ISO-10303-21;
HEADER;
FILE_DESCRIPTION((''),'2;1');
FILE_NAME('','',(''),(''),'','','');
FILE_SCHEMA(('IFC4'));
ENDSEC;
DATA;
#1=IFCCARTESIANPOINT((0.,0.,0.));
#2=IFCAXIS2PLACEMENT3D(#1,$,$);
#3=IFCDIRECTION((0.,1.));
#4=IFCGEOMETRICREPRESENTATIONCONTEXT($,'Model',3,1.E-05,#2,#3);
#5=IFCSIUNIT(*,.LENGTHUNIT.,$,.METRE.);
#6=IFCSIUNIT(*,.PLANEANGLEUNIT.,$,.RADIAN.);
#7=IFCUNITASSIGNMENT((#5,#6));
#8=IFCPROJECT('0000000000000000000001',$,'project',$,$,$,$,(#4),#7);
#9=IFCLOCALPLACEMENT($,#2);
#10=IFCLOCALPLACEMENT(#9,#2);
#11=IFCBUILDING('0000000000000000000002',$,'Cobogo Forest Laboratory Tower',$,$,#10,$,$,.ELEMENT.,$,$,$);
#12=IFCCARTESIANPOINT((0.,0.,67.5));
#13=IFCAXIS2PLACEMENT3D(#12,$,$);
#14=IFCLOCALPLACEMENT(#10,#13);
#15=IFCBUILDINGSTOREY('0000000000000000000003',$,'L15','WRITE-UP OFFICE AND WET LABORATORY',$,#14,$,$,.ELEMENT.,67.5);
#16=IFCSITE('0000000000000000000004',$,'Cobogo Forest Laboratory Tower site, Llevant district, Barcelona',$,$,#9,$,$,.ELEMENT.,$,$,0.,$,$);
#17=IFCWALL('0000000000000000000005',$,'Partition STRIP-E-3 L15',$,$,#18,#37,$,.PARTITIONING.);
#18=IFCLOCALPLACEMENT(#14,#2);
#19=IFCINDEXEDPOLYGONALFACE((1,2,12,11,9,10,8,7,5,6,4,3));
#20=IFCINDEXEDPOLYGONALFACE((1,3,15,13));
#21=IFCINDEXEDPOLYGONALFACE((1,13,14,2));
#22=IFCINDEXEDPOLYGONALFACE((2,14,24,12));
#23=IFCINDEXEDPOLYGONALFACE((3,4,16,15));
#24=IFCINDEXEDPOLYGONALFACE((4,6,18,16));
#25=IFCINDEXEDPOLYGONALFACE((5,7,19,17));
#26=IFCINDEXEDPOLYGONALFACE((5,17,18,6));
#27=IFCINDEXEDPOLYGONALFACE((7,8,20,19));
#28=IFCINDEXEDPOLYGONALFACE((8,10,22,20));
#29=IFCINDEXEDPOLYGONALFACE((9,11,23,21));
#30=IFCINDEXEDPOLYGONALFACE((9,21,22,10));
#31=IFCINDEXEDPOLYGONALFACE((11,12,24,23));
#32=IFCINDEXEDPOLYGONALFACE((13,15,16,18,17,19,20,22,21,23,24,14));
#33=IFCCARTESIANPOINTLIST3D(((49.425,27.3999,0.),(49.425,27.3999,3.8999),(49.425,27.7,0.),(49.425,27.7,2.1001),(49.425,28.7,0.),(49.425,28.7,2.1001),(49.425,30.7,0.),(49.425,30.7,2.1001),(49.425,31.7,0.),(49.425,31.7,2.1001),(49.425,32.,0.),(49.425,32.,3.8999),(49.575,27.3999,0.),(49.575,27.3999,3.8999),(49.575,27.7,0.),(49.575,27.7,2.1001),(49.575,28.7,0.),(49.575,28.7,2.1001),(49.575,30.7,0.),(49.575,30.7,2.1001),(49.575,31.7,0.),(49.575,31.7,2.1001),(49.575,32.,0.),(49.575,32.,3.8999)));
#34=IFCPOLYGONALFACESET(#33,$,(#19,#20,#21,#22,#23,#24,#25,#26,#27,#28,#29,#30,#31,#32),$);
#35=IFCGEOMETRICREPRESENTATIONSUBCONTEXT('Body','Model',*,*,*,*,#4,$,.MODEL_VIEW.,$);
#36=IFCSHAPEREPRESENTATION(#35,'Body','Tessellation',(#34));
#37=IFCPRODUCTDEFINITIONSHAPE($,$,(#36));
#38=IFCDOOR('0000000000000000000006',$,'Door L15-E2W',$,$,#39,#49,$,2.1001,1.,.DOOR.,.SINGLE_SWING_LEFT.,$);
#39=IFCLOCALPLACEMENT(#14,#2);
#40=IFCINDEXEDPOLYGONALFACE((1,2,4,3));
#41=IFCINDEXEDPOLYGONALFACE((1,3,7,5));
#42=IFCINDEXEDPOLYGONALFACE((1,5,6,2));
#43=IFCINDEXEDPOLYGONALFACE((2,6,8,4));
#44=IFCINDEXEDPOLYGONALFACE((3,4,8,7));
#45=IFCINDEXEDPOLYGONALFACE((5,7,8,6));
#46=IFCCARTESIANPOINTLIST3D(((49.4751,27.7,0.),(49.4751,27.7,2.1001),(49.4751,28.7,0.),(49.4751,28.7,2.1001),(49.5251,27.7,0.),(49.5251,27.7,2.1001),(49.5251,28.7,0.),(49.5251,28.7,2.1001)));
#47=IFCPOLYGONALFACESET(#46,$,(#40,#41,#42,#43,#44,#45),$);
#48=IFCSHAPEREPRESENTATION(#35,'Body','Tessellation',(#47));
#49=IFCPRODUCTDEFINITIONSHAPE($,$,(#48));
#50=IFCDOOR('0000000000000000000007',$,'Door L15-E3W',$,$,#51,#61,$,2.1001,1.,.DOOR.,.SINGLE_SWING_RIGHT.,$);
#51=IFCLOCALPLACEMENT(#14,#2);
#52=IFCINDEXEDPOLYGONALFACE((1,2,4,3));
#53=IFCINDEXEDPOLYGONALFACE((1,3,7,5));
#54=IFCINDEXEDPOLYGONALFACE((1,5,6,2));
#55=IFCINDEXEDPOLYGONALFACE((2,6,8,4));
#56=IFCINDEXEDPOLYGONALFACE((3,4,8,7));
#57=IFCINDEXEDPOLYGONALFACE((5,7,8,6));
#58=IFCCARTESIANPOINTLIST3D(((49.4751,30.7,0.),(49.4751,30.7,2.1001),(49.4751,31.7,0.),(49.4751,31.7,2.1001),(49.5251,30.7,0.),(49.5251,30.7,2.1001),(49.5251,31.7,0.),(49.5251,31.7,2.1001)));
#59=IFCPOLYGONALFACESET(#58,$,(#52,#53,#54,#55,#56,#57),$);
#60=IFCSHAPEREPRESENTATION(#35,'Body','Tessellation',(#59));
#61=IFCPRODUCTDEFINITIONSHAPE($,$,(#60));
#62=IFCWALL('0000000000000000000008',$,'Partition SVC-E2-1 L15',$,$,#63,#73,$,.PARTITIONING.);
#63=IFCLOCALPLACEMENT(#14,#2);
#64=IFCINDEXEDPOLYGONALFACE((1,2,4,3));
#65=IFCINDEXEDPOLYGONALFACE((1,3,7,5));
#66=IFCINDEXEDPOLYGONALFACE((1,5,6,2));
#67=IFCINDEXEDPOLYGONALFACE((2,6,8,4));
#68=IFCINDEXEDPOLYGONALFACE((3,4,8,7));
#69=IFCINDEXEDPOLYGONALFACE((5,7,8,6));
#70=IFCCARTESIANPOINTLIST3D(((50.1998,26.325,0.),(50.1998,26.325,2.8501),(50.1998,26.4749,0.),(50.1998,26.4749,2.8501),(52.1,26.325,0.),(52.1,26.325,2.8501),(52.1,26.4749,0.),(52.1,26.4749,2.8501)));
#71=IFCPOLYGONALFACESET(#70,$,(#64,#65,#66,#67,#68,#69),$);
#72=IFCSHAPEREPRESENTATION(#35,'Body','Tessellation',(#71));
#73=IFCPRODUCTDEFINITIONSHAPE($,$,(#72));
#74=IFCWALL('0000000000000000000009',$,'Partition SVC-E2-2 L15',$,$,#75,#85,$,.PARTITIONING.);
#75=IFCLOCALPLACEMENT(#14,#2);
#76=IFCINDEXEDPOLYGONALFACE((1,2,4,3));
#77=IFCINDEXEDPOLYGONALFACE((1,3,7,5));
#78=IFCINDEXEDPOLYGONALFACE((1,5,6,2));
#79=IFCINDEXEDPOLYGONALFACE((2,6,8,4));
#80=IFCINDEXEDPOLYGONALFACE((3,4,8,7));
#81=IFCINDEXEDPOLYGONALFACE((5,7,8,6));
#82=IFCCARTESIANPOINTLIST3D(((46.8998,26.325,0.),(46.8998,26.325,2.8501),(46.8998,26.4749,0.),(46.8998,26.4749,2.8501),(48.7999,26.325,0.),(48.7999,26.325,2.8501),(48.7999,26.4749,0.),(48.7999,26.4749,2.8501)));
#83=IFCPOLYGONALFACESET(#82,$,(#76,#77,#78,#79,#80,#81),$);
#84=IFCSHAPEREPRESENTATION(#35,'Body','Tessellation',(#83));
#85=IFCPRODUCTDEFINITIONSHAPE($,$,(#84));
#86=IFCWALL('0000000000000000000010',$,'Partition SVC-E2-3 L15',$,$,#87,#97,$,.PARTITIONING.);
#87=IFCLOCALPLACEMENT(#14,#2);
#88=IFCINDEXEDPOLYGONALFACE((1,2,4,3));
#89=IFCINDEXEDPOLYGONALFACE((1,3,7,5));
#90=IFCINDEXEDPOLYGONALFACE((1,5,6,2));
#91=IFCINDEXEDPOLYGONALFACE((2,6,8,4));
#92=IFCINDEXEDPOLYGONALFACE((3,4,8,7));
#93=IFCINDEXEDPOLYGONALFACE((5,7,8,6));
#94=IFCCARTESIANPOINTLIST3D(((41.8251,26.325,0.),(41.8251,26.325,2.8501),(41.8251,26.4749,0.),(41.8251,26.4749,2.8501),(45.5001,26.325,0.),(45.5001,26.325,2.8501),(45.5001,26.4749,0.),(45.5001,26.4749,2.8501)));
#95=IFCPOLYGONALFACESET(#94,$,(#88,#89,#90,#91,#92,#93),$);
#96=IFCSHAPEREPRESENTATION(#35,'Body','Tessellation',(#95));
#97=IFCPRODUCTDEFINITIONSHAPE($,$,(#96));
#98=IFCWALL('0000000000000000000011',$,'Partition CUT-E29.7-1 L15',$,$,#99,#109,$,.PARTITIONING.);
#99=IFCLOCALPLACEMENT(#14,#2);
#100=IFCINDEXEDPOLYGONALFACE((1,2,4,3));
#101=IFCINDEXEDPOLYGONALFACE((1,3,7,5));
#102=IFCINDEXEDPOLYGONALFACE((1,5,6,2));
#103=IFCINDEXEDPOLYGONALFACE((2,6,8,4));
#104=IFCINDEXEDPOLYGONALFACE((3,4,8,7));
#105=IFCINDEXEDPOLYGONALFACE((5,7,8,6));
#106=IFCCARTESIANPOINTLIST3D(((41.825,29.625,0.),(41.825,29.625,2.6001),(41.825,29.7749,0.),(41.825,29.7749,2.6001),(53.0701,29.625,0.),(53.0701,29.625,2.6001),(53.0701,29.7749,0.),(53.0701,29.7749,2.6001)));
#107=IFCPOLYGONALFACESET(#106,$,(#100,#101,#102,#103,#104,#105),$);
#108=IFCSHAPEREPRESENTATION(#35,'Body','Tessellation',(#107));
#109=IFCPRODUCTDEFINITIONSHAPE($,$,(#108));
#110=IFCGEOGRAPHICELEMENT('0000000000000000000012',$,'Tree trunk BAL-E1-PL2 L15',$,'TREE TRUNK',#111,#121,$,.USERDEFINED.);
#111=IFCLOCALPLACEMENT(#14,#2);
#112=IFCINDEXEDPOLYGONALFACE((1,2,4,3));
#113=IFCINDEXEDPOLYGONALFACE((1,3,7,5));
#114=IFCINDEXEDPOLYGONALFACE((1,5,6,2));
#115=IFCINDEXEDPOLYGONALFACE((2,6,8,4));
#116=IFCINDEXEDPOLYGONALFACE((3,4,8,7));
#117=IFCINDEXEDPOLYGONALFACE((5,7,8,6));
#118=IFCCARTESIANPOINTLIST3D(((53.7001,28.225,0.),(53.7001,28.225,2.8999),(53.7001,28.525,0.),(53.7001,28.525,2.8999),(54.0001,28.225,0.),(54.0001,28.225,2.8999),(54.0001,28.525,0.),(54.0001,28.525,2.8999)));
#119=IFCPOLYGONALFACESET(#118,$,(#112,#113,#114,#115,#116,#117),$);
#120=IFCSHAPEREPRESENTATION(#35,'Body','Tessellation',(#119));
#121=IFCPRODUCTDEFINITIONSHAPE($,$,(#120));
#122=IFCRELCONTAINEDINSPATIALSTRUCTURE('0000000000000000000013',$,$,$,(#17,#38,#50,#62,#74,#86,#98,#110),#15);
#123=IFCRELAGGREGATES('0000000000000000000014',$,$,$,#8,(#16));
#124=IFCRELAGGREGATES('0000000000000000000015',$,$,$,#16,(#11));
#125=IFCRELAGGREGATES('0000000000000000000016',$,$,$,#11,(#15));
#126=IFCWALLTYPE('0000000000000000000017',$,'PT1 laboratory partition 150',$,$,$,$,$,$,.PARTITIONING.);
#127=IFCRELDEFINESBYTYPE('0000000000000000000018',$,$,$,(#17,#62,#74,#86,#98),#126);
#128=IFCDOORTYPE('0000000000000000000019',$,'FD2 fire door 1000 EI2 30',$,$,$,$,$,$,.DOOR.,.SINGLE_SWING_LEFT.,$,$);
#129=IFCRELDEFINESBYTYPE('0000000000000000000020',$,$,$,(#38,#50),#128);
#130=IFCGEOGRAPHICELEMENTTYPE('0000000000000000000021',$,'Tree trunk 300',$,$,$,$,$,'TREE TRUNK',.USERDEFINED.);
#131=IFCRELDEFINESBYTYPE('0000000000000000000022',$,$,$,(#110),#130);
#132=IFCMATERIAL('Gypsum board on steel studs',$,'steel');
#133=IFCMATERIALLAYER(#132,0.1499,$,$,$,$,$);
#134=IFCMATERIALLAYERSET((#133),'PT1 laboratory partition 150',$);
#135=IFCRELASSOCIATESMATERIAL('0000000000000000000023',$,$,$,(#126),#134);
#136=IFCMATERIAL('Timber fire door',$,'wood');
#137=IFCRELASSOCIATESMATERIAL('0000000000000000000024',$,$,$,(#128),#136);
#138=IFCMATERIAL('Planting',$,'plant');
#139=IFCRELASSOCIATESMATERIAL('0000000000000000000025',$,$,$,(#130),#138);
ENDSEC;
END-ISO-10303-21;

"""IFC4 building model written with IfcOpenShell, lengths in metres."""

from ifc_helpers import new_model, si_unit, direction, frame, frame_2d, origin, origin_2d, place, context, subcontext, project, spatial, rectangle, extrude, material, layer, layer_set, type_object, element, fill, save


model = new_model("IFC4")

# Units and contexts
model_context = context("Model", 3, precision=1e-05, world=origin(), true_north=direction((0.0, 1.0)))
body_context = subcontext(model_context, "Body", "Model", "MODEL_VIEW")
ifc_project = project(units=[si_unit("LENGTHUNIT", "METRE"), si_unit("PLANEANGLEUNIT", "RADIAN")], contexts=[model_context])

# Site, building, storey
site_placement = place(None, origin())
site = spatial("IfcSite", under=ifc_project, at=site_placement, Name="Cobogo Forest Laboratory Tower site, Llevant district, Barcelona", CompositionType="ELEMENT", RefElevation=0.0)
building_placement = place(site_placement, origin())
building = spatial("IfcBuilding", under=site, at=building_placement, Name="Cobogo Forest Laboratory Tower", CompositionType="ELEMENT")
storey_placement = place(building_placement, frame((0.0, 0.0, 67.5)))
storey = spatial("IfcBuildingStorey", under=building, at=storey_placement, Name="L15", Description="WRITE-UP OFFICE AND WET LABORATORY", CompositionType="ELEMENT", Elevation=67.5)

# Wall, openings, doors
ifc_material_1 = material(Name="Gypsum board on steel studs", Category="steel")
ifc_layer_1 = layer(ifc_material_1, 0.1499)
ifc_layer_set_1 = layer_set([ifc_layer_1], Name="PT1 laboratory partition 150")
wall_type = type_object("IfcWallType", Name="PT1 laboratory partition 150", PredefinedType="PARTITIONING", material=ifc_layer_set_1)
wall_1_placement = place(storey_placement, frame((49.5, 27.3999, 0.0), z_axis=(0.0, 0.0, 1.0), x_axis=(0.0, 1.0, 0.0)))
wall_1 = element("IfcWall", 1, at=wall_1_placement, inside=storey, type_object=wall_type, Name="Partition STRIP-E-3 L15", PredefinedType="PARTITIONING", context=body_context, shape_type="SweptSolid", body=[
    extrude(rectangle(XDim=4.6001, YDim=0.1499, at=frame_2d((2.3, 0.0))), origin(), (0.0, 0.0, 1.0), 3.8999),
])
opening_1_placement = place(wall_1_placement, frame((0.3, 0.0, 0.0)))
opening_1 = element("IfcOpeningElement", 2, at=opening_1_placement, cuts=wall_1, PredefinedType="OPENING", context=body_context, shape_type="SweptSolid", body=[
    extrude(rectangle(XDim=1.0, YDim=2.1001, at=frame_2d((0.5, 1.05))), frame((0.0, 0.085, 0.0), z_axis=(0.0, -1.0, 0.0), x_axis=(1.0, 0.0, 0.0)), (0.0, 0.0, 1.0), 0.1699),
])
opening_2_placement = place(wall_1_placement, frame((3.3, 0.0, 0.0)))
opening_2 = element("IfcOpeningElement", 3, at=opening_2_placement, cuts=wall_1, PredefinedType="OPENING", context=body_context, shape_type="SweptSolid", body=[
    extrude(rectangle(XDim=1.0, YDim=2.1001, at=frame_2d((0.5, 1.05))), frame((0.0, 0.085, 0.0), z_axis=(0.0, -1.0, 0.0), x_axis=(1.0, 0.0, 0.0)), (0.0, 0.0, 1.0), 0.1699),
])
ifc_material_2 = material(Name="Timber fire door", Category="wood")
door_type = type_object("IfcDoorType", Name="FD2 fire door 1000 EI2 30", OperationType="SINGLE_SWING_LEFT", PredefinedType="DOOR", material=ifc_material_2)
door_1_placement = place(opening_1_placement, origin())
door_1 = element("IfcDoor", 4, at=door_1_placement, inside=storey, type_object=door_type, Name="Door L15-E2W", OperationType="SINGLE_SWING_LEFT", OverallHeight=2.1001, OverallWidth=1.0, PredefinedType="DOOR", context=body_context, shape_type="SweptSolid", body=[
    extrude(rectangle(XDim=1.0, YDim=2.1001, at=frame_2d((0.5, 1.05))), frame((0.0, 0.0249, 0.0), z_axis=(0.0, -1.0, 0.0), x_axis=(1.0, 0.0, 0.0)), (0.0, 0.0, 1.0), 0.05),
])
fill(opening_1, door_1)
door_2_placement = place(opening_2_placement, origin())
door_2 = element("IfcDoor", 5, at=door_2_placement, inside=storey, type_object=door_type, Name="Door L15-E3W", OperationType="SINGLE_SWING_RIGHT", OverallHeight=2.1001, OverallWidth=1.0, PredefinedType="DOOR", context=body_context, shape_type="SweptSolid", body=[
    extrude(rectangle(XDim=1.0, YDim=2.1001, at=frame_2d((0.5, 1.05))), frame((0.0, 0.0249, 0.0), z_axis=(0.0, -1.0, 0.0), x_axis=(1.0, 0.0, 0.0)), (0.0, 0.0, 1.0), 0.05),
])
fill(opening_2, door_2)

# Walls
for number, where, z_axis, x_axis, name in (
    (6, (52.1001, 26.3999, 0.0), (0.0, 0.0, 1.0), (-1.0, 0.0, 0.0), "Partition SVC-E2-1 L15"),
    (7, (48.8, 26.3999, 0.0), (0.0, 0.0, 1.0), (-1.0, 0.0, 0.0), "Partition SVC-E2-2 L15"),
):
    element("IfcWall", number, at=place(storey_placement, frame(where, z_axis=z_axis, x_axis=x_axis)), inside=storey, type_object=wall_type, Name=name, PredefinedType="PARTITIONING", context=body_context, shape_type="SweptSolid", body=[
        extrude(rectangle(XDim=1.9001, YDim=0.1499, at=frame_2d((0.9502, 0.0))), origin(), (0.0, 0.0, 1.0), 2.8501),
    ])
wall_2_placement = place(storey_placement, frame((45.5, 26.3999, 0.0), z_axis=(0.0, 0.0, 1.0), x_axis=(-1.0, 0.0, 0.0)))
element("IfcWall", 8, at=wall_2_placement, inside=storey, type_object=wall_type, Name="Partition SVC-E2-3 L15", PredefinedType="PARTITIONING", context=body_context, shape_type="SweptSolid", body=[
    extrude(rectangle(XDim=3.675, YDim=0.1499, at=frame_2d((1.8374, 0.0))), origin(), (0.0, 0.0, 1.0), 2.8501),
])
wall_3_placement = place(storey_placement, frame((53.0701, 29.7, 0.0), z_axis=(0.0, 0.0, 1.0), x_axis=(-1.0, 0.0, 0.0)))
element("IfcWall", 9, at=wall_3_placement, inside=storey, type_object=wall_type, Name="Partition CUT-E29.7-1 L15", PredefinedType="PARTITIONING", context=body_context, shape_type="SweptSolid", body=[
    extrude(rectangle(XDim=11.2451, YDim=0.1499, at=frame_2d((5.6226, 0.0))), origin(), (0.0, 0.0, 1.0), 2.6001),
])

# Geographic element
ifc_material_3 = material(Name="Planting", Category="plant")
geographic_element_type = type_object("IfcGeographicElementType", Name="Tree trunk 300", ElementType="TREE TRUNK", PredefinedType="USERDEFINED", material=ifc_material_3)
geographic_element_placement = place(storey_placement, frame((53.8501, 28.375, 0.0), z_axis=(0.0, 0.0, 1.0), x_axis=(1.0, 0.0, 0.0)))
element("IfcGeographicElement", 10, at=geographic_element_placement, inside=storey, type_object=geographic_element_type, Name="Tree trunk BAL-E1-PL2 L15", ObjectType="TREE TRUNK", PredefinedType="USERDEFINED", context=body_context, shape_type="SweptSolid", body=[
    extrude(rectangle(XDim=0.3, YDim=0.3, at=origin_2d()), origin(), (0.0, 0.0, 1.0), 2.8999),
])

save(model, "model.ifc")
